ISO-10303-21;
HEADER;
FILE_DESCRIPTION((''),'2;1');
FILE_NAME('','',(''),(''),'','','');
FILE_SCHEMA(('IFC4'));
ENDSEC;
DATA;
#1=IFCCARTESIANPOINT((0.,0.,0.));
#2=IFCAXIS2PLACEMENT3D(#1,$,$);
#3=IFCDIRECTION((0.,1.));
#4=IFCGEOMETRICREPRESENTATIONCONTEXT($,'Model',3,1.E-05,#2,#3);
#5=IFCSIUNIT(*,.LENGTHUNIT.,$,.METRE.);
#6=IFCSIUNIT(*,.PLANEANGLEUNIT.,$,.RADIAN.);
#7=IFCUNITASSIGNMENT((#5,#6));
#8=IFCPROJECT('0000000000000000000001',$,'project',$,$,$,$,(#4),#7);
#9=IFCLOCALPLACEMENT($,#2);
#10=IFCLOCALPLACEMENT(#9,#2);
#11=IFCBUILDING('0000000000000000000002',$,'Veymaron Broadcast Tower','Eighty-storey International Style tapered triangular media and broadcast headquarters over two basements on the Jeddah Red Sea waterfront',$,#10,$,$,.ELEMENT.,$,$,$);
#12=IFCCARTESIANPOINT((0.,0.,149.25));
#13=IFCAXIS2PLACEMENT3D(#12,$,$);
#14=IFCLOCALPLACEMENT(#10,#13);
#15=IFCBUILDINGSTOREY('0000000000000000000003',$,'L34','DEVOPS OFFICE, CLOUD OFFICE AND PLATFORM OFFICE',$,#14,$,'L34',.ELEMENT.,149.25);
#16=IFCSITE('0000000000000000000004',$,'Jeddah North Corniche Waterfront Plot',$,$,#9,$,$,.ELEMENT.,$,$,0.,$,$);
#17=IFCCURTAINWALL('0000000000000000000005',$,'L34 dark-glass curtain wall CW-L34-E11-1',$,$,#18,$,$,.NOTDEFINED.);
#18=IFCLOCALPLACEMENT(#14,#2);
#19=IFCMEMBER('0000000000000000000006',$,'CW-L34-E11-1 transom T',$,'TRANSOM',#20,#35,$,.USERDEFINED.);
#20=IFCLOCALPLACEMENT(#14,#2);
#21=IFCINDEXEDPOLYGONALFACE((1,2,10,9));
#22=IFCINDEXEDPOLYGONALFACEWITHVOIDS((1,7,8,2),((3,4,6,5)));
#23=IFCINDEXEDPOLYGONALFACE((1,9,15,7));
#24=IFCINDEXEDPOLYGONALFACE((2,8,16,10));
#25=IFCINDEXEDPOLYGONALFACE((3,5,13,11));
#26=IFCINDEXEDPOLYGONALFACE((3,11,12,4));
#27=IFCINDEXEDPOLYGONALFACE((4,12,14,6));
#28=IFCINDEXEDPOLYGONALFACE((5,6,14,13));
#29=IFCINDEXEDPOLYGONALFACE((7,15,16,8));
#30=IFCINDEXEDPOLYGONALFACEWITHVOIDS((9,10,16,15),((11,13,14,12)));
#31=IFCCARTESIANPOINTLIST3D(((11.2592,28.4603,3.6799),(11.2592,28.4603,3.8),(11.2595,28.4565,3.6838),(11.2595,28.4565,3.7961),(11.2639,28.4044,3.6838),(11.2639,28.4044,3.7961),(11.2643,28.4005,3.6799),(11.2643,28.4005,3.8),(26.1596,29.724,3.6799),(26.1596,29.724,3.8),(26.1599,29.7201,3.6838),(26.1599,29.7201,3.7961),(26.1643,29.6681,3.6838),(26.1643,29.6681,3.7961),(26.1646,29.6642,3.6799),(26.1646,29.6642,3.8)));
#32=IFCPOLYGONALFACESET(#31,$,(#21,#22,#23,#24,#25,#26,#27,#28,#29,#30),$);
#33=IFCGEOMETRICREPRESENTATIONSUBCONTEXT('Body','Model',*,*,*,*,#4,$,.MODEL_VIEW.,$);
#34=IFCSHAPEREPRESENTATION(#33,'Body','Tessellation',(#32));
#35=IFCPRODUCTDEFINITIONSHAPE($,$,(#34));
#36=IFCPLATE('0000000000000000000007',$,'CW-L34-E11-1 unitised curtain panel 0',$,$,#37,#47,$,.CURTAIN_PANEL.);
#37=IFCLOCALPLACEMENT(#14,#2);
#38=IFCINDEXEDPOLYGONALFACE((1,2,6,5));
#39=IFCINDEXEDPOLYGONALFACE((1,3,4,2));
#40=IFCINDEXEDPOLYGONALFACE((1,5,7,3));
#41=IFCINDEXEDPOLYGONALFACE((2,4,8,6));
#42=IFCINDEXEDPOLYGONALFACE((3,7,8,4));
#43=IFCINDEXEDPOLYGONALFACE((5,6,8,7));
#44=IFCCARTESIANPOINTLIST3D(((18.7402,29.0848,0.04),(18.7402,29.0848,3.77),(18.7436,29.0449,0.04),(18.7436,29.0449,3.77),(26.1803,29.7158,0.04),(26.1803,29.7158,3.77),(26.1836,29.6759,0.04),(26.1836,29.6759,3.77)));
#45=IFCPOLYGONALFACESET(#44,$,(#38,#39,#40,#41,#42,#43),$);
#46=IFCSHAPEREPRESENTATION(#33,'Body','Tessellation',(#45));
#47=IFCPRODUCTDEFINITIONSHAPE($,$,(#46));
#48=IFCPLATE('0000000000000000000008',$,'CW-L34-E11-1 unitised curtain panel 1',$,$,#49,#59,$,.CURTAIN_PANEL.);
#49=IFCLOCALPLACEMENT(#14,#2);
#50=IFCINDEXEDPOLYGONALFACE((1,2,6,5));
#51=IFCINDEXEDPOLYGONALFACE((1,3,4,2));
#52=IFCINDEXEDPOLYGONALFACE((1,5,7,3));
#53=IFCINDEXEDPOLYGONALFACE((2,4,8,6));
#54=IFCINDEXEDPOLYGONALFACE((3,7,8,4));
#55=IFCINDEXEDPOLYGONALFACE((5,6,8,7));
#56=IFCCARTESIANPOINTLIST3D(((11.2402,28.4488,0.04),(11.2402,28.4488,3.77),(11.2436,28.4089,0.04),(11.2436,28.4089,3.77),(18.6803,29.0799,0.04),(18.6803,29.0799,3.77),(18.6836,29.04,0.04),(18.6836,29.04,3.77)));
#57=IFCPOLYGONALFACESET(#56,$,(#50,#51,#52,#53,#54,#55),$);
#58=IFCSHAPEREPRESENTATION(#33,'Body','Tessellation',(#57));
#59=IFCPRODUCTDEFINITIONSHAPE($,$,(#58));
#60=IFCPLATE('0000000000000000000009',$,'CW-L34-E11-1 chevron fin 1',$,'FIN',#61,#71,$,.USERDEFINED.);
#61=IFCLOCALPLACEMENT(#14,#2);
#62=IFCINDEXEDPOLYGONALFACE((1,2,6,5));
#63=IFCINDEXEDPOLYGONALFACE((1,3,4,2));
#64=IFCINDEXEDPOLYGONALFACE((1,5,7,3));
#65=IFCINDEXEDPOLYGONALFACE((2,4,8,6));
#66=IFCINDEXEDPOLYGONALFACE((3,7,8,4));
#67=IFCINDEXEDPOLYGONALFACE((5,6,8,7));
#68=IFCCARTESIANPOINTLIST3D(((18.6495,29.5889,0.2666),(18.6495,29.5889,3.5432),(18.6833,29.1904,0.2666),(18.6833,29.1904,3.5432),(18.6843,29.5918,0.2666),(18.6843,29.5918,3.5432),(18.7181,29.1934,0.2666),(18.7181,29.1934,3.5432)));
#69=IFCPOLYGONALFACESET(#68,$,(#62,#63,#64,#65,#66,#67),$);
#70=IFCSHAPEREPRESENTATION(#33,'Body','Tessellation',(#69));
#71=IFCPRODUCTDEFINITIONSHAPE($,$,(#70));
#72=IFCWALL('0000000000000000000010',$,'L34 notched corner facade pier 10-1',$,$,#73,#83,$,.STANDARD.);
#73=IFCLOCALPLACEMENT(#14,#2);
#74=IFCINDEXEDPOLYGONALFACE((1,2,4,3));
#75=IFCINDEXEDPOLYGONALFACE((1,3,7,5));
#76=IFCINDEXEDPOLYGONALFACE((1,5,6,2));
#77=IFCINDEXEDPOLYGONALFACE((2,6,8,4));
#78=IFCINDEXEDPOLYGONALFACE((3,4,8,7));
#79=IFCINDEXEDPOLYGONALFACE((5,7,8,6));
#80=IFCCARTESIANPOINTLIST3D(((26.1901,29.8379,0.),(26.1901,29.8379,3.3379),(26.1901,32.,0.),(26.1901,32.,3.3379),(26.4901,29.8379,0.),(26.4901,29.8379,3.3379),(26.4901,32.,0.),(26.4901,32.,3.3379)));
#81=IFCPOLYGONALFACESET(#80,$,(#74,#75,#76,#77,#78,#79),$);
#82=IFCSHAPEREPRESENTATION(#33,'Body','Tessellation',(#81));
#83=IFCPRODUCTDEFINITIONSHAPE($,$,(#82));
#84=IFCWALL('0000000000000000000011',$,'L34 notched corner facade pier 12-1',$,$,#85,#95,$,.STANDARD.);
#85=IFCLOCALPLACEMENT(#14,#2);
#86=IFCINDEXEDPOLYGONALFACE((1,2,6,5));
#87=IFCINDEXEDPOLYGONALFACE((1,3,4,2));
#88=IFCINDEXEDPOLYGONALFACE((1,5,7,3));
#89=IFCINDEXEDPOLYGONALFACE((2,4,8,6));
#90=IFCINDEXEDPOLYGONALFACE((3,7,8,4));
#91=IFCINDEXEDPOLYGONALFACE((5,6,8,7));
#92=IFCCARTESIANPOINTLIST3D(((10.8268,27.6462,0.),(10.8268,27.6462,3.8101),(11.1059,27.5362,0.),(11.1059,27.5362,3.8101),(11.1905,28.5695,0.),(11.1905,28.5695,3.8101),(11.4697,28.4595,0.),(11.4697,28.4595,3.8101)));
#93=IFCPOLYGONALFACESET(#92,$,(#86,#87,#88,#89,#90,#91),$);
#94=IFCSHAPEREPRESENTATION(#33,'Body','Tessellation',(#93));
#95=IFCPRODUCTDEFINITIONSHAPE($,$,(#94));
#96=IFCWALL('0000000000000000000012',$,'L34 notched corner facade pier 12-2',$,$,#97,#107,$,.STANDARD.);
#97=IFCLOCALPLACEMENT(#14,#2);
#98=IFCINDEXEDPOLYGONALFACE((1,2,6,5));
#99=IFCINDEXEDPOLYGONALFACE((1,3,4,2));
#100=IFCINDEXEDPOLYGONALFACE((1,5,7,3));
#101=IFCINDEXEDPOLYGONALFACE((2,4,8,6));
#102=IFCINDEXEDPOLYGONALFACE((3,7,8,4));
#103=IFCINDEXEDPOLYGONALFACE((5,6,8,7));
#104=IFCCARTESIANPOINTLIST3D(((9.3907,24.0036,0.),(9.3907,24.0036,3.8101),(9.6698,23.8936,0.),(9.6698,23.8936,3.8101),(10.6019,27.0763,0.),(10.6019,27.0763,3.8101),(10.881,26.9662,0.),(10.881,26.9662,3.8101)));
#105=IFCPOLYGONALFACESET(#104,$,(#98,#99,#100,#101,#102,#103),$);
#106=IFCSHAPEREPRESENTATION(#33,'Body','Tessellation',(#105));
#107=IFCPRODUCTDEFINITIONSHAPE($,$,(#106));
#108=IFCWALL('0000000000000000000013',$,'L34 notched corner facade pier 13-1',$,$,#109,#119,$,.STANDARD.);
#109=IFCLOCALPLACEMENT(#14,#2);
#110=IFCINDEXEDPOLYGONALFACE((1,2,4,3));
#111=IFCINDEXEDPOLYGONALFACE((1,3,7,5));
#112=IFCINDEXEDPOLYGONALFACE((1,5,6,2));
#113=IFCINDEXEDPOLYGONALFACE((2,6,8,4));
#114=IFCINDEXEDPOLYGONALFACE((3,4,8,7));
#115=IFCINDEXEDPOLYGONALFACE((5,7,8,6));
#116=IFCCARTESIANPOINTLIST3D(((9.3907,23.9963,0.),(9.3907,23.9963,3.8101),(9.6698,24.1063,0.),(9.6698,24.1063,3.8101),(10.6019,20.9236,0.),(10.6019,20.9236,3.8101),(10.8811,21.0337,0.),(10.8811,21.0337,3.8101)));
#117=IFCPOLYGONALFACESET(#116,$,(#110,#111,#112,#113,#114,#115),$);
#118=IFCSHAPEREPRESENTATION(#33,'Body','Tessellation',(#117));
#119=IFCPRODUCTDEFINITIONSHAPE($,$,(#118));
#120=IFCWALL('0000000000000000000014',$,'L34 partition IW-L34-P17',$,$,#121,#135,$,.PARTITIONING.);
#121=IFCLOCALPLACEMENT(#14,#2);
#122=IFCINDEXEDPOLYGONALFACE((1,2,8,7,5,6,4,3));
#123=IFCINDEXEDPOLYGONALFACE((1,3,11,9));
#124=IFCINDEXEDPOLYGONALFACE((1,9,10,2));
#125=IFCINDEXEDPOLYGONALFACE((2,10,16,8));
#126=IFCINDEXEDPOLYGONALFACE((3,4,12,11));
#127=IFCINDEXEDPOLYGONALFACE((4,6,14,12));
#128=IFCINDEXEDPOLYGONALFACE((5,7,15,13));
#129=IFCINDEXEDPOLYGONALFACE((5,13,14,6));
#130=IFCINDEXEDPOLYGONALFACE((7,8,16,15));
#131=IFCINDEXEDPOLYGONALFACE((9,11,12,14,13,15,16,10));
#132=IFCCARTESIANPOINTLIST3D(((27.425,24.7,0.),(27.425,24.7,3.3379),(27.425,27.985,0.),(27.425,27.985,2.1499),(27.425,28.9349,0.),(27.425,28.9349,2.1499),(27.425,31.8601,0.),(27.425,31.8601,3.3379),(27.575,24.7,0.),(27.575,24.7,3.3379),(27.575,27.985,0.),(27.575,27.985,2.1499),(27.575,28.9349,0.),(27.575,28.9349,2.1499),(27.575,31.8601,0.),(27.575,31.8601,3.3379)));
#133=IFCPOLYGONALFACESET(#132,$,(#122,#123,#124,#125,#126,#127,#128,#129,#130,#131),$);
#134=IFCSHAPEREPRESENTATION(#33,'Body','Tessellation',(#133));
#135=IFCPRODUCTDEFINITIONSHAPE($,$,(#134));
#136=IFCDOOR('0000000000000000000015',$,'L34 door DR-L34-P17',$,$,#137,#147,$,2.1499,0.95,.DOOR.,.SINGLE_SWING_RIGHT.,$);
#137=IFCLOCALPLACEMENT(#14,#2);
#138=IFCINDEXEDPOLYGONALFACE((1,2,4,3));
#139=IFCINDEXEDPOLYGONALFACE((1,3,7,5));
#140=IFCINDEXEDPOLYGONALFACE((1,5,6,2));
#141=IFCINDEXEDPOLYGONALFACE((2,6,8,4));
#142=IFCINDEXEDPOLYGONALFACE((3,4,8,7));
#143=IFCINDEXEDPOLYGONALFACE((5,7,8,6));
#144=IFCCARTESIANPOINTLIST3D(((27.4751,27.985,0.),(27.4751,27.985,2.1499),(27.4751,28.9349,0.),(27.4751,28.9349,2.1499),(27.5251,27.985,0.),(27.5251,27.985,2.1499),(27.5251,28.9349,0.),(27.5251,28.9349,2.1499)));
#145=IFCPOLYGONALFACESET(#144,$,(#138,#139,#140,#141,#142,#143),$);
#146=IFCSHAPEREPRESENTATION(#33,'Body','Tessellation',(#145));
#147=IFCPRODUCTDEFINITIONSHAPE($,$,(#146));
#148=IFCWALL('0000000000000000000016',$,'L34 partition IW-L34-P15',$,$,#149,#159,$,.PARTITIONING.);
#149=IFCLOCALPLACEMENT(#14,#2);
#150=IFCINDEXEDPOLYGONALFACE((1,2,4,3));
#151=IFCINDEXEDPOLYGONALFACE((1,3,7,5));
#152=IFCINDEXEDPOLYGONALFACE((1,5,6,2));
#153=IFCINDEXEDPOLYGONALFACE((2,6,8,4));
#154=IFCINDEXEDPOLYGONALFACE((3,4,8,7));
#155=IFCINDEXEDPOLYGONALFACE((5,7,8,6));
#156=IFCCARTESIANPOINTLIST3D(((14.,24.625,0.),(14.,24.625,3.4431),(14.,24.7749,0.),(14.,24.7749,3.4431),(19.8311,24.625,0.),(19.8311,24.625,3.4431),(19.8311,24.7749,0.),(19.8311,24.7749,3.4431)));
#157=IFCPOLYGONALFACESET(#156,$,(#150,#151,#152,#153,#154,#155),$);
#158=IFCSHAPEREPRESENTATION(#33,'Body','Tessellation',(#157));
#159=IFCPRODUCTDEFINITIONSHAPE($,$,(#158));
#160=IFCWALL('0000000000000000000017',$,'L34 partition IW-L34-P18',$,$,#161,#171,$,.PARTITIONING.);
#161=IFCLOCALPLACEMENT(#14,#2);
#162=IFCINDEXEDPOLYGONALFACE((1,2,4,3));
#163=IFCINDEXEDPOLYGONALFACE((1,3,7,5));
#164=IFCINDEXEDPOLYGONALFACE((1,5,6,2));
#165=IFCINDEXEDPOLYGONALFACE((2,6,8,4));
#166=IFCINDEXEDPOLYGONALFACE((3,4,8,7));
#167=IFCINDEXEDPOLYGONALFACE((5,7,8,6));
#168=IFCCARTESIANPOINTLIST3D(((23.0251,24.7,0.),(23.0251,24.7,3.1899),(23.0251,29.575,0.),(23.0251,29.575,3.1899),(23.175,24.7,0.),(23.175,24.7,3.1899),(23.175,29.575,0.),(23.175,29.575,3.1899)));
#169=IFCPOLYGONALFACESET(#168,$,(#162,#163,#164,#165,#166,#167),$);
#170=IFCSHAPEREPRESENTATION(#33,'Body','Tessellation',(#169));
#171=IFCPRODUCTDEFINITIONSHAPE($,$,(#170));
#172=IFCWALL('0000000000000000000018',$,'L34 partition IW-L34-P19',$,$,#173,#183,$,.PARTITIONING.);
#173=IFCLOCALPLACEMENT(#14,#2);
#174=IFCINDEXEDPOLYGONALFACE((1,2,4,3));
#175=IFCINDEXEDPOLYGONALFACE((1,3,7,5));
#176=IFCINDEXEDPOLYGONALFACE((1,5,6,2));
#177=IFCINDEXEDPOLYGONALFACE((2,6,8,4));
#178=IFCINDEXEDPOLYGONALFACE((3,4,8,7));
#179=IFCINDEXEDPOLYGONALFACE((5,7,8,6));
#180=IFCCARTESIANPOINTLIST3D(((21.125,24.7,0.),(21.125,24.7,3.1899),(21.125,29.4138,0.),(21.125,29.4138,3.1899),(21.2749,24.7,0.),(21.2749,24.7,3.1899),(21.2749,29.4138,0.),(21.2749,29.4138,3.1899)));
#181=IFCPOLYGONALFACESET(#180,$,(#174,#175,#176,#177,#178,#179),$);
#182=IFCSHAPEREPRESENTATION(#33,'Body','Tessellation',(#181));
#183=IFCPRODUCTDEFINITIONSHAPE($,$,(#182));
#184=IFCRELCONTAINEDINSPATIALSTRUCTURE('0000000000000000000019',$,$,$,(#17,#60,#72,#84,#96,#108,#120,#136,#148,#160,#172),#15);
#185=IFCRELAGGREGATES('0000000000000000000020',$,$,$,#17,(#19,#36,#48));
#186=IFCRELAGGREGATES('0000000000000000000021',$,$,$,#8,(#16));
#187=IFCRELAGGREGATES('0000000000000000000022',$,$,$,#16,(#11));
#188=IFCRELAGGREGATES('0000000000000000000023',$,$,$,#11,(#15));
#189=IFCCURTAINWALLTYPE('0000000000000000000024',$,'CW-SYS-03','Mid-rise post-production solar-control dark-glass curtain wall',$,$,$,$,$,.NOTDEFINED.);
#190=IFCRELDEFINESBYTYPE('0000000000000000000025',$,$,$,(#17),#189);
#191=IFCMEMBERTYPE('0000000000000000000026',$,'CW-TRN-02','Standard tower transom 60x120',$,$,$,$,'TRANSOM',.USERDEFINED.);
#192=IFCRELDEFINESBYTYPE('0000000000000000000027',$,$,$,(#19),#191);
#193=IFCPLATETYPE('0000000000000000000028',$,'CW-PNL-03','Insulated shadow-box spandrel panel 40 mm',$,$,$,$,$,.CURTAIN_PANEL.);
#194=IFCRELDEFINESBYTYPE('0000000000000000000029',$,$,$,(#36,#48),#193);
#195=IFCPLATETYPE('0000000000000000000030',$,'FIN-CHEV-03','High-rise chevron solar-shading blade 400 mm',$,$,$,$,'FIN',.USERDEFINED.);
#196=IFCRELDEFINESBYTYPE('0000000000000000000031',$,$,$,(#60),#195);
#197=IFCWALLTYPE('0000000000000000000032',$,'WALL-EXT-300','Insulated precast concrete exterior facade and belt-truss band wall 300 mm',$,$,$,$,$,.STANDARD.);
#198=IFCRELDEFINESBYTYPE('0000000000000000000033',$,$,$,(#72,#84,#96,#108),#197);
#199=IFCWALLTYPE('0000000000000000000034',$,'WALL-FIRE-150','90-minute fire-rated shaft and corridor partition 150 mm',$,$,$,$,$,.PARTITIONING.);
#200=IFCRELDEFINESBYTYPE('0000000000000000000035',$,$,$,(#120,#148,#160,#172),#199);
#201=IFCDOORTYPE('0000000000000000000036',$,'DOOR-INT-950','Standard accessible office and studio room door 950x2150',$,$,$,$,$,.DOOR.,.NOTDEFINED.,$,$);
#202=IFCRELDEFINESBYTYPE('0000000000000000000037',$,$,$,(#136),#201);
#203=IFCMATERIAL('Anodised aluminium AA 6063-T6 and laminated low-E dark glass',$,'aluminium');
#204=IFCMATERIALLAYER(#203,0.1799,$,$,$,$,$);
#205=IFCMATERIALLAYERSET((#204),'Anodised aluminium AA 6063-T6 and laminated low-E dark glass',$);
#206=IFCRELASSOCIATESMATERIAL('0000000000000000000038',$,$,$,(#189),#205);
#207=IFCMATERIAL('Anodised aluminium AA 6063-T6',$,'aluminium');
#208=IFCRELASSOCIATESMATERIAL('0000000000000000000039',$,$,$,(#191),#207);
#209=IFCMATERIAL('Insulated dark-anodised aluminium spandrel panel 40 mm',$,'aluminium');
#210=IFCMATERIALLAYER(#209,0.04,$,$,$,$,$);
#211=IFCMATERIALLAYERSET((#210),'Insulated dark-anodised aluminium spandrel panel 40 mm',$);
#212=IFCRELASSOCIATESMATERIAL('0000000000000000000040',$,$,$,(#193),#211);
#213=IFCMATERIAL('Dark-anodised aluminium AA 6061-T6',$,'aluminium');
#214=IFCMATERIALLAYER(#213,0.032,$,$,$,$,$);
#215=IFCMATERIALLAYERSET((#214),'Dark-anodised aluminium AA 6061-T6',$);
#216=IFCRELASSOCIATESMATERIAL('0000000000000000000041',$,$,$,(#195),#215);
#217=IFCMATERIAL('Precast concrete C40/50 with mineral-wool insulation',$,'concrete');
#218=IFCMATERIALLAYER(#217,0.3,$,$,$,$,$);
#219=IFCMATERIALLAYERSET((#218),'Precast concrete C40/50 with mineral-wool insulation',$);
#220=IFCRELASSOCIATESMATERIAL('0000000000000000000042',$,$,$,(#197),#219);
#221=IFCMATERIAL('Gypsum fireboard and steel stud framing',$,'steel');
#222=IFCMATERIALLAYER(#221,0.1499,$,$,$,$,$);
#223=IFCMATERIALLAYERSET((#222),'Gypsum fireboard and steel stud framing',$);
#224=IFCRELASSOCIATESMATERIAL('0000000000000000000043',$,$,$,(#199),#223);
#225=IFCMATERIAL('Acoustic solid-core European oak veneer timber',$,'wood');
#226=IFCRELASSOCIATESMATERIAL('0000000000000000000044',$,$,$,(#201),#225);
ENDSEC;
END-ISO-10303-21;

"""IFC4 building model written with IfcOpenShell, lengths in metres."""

from ifc_helpers import new_model, si_unit, direction, frame, frame_2d, origin, origin_2d, place, context, subcontext, project, spatial, rectangle, hollow_rectangle, extrude, material, layer, layer_set, material_profile, profile_set, type_object, element, fill, aggregate, save


model = new_model("IFC4")

# Units and contexts
model_context = context("Model", 3, precision=1e-05, world=origin(), true_north=direction((0.0, 1.0)))
body_context = subcontext(model_context, "Body", "Model", "MODEL_VIEW")
ifc_project = project(units=[si_unit("LENGTHUNIT", "METRE"), si_unit("PLANEANGLEUNIT", "RADIAN")], contexts=[model_context])

# Site, building, storey
site_placement = place(None, origin())
site = spatial("IfcSite", under=ifc_project, at=site_placement, Name="Jeddah North Corniche Waterfront Plot", CompositionType="ELEMENT", RefElevation=0.0)
building_placement = place(site_placement, origin())
building = spatial("IfcBuilding", under=site, at=building_placement, Name="Veymaron Broadcast Tower", Description="Eighty-storey International Style tapered triangular media and broadcast headquarters over two basements on the Jeddah Red Sea waterfront", CompositionType="ELEMENT")
storey_placement = place(building_placement, frame((0.0, 0.0, 149.25)))
storey = spatial("IfcBuildingStorey", under=building, at=storey_placement, Name="L34", Description="DEVOPS OFFICE, CLOUD OFFICE AND PLATFORM OFFICE", LongName="L34", CompositionType="ELEMENT", Elevation=149.25)

# Curtain wall, member, plates
ifc_material_1 = material(Name="Anodised aluminium AA 6063-T6 and laminated low-E dark glass", Category="aluminium")
ifc_layer_1 = layer(ifc_material_1, 0.1799)
ifc_layer_set_1 = layer_set([ifc_layer_1], Name="Anodised aluminium AA 6063-T6 and laminated low-E dark glass")
curtain_wall_type = type_object("IfcCurtainWallType", Name="CW-SYS-03", Description="Mid-rise post-production solar-control dark-glass curtain wall", PredefinedType="NOTDEFINED", material=ifc_layer_set_1)
curtain_wall_placement = place(storey_placement, origin())
curtain_wall = element("IfcCurtainWall", 1, at=curtain_wall_placement, inside=storey, type_object=curtain_wall_type, Name="L34 dark-glass curtain wall CW-L34-E11-1", PredefinedType="NOTDEFINED")
ifc_material_2 = material(Name="Anodised aluminium AA 6063-T6", Category="aluminium")
ifc_material_profile_1 = material_profile(ifc_material_2, hollow_rectangle(XDim=0.0601, YDim=0.1201, WallThickness=0.0039, at=origin_2d()), Name="AL120X60X4")
ifc_profile_set_1 = profile_set([ifc_material_profile_1], Name="Anodised aluminium AA 6063-T6")
member_type_1 = type_object("IfcMemberType", Name="CW-TRN-02", Description="Standard tower transom 60x120", ElementType="TRANSOM", PredefinedType="USERDEFINED", material=ifc_profile_set_1)
member_1_placement = place(storey_placement, frame((26.1621, 29.6941, 3.74), z_axis=(-0.996423, -0.084505, 0.0), x_axis=(0.084505, -0.996423, 0.0)))
member_1 = element("IfcMember", 2, at=member_1_placement, type_object=member_type_1, Name="CW-L34-E11-1 transom T", ObjectType="TRANSOM", PredefinedType="USERDEFINED", context=body_context, shape_type="SweptSolid", body=[
    extrude(hollow_rectangle(XDim=0.0601, YDim=0.1201, WallThickness=0.0039, at=origin_2d()), origin(), (0.0, 0.0, 1.0), 14.9539),
])
ifc_material_3 = material(Name="Insulated dark-anodised aluminium spandrel panel 40 mm", Category="aluminium")
ifc_layer_2 = layer(ifc_material_3, 0.04)
ifc_layer_set_2 = layer_set([ifc_layer_2], Name="Insulated dark-anodised aluminium spandrel panel 40 mm")
plate_type_1 = type_object("IfcPlateType", Name="CW-PNL-03", Description="Insulated shadow-box spandrel panel 40 mm", PredefinedType="CURTAIN_PANEL", material=ifc_layer_set_2)
plate_1_placement = place(storey_placement, frame((22.4619, 29.3804, 0.04), z_axis=(0.0, 0.0, 1.0), x_axis=(-0.996422, -0.084513, 0.0)))
plate_1 = element("IfcPlate", 3, at=plate_1_placement, type_object=plate_type_1, Name="CW-L34-E11-1 unitised curtain panel 0", PredefinedType="CURTAIN_PANEL", context=body_context, shape_type="SweptSolid", body=[
    extrude(rectangle(XDim=7.4668, YDim=0.04, at=origin_2d()), origin(), (0.0, 0.0, 1.0), 3.73),
])
plate_2_placement = place(storey_placement, frame((14.9619, 28.7444, 0.04), z_axis=(0.0, 0.0, 1.0), x_axis=(-0.996422, -0.084513, 0.0)))
plate_2 = element("IfcPlate", 4, at=plate_2_placement, type_object=plate_type_1, Name="CW-L34-E11-1 unitised curtain panel 1", PredefinedType="CURTAIN_PANEL", context=body_context, shape_type="SweptSolid", body=[
    extrude(rectangle(XDim=7.4668, YDim=0.04, at=origin_2d()), origin(), (0.0, 0.0, 1.0), 3.73),
])
aggregate(curtain_wall, [member_1, plate_1, plate_2])

# Plate
ifc_material_4 = material(Name="Dark-anodised aluminium AA 6061-T6", Category="aluminium")
ifc_layer_3 = layer(ifc_material_4, 0.032)
ifc_layer_set_3 = layer_set([ifc_layer_3], Name="Dark-anodised aluminium AA 6061-T6")
plate_type_2 = type_object("IfcPlateType", Name="FIN-CHEV-03", Description="High-rise chevron solar-shading blade 400 mm", ElementType="FIN", PredefinedType="USERDEFINED", material=ifc_layer_set_3)
plate_3_placement = place(storey_placement, frame((18.6838, 29.3911, 0.2666), z_axis=(0.0, 0.0, 1.0), x_axis=(-0.084513, 0.996422, 0.0)))
element("IfcPlate", 5, at=plate_3_placement, inside=storey, type_object=plate_type_2, Name="CW-L34-E11-1 chevron fin 1", ObjectType="FIN", PredefinedType="USERDEFINED", context=body_context, shape_type="SweptSolid", body=[
    extrude(rectangle(XDim=0.3999, YDim=0.0349, at=origin_2d()), origin(), (0.0, 0.0, 1.0), 3.2766),
])

# Walls
ifc_material_5 = material(Name="Precast concrete C40/50 with mineral-wool insulation", Category="concrete")
ifc_layer_4 = layer(ifc_material_5, 0.3)
ifc_layer_set_4 = layer_set([ifc_layer_4], Name="Precast concrete C40/50 with mineral-wool insulation")
wall_type_1 = type_object("IfcWallType", Name="WALL-EXT-300", Description="Insulated precast concrete exterior facade and belt-truss band wall 300 mm", PredefinedType="STANDARD", material=ifc_layer_set_4)
wall_1_placement = place(storey_placement, frame((26.3401, 32.0, 0.0), z_axis=(0.0, 0.0, 1.0), x_axis=(0.0, -1.0, 0.0)))
element("IfcWall", 6, at=wall_1_placement, inside=storey, type_object=wall_type_1, Name="L34 notched corner facade pier 10-1", PredefinedType="STANDARD", context=body_context, shape_type="SweptSolid", body=[
    extrude(rectangle(XDim=2.1621, YDim=0.3, at=frame_2d((1.0811, 0.0))), origin(), (0.0, 0.0, 1.0), 3.3379),
])
wall_2_placement = place(storey_placement, frame((11.3301, 28.5144, 0.0), z_axis=(0.0, 0.0, 1.0), x_axis=(-0.36655, -0.930398, 0.0)))
element("IfcWall", 7, at=wall_2_placement, inside=storey, type_object=wall_type_1, Name="L34 notched corner facade pier 12-1", PredefinedType="STANDARD", context=body_context, shape_type="SweptSolid", body=[
    extrude(rectangle(XDim=0.9924, YDim=0.3, at=frame_2d((0.4961, 0.0))), origin(), (0.0, 0.0, 1.0), 3.8101),
])
for number, where, z_axis, x_axis, name in (
    (8, (10.7415, 27.0212, 0.0), (0.0, 0.0, 1.0), (-0.366734, -0.930326, 0.0), "L34 notched corner facade pier 12-2"),
    (9, (9.5303, 24.0513, 0.0), (0.0, 0.0, 1.0), (0.366734, -0.930326, 0.0), "L34 notched corner facade pier 13-1"),
):
    element("IfcWall", number, at=place(storey_placement, frame(where, z_axis=z_axis, x_axis=x_axis)), inside=storey, type_object=wall_type_1, Name=name, PredefinedType="STANDARD", context=body_context, shape_type="SweptSolid", body=[
        extrude(rectangle(XDim=3.3027, YDim=0.3, at=frame_2d((1.6514, 0.0))), origin(), (0.0, 0.0, 1.0), 3.8101),
    ])

# Wall, opening, door
ifc_material_6 = material(Name="Gypsum fireboard and steel stud framing", Category="steel")
ifc_layer_5 = layer(ifc_material_6, 0.1499)
ifc_layer_set_5 = layer_set([ifc_layer_5], Name="Gypsum fireboard and steel stud framing")
wall_type_2 = type_object("IfcWallType", Name="WALL-FIRE-150", Description="90-minute fire-rated shaft and corridor partition 150 mm", PredefinedType="PARTITIONING", material=ifc_layer_set_5)
wall_3_placement = place(storey_placement, frame((27.5, 24.7, 0.0), z_axis=(0.0, 0.0, 1.0), x_axis=(0.0, 1.0, 0.0)))
wall_3 = element("IfcWall", 10, at=wall_3_placement, inside=storey, type_object=wall_type_2, Name="L34 partition IW-L34-P17", PredefinedType="PARTITIONING", context=body_context, shape_type="SweptSolid", body=[
    extrude(rectangle(XDim=7.1602, YDim=0.1499, at=frame_2d((3.5801, 0.0))), origin(), (0.0, 0.0, 1.0), 3.3379),
])
opening_placement = place(wall_3_placement, frame((3.2849, 0.0, 0.0)))
opening = element("IfcOpeningElement", 11, at=opening_placement, cuts=wall_3, PredefinedType="OPENING", context=body_context, shape_type="SweptSolid", body=[
    extrude(rectangle(XDim=0.95, YDim=2.1499, at=frame_2d((0.4751, 1.075))), frame((0.0, 0.085, 0.0), z_axis=(0.0, -1.0, 0.0), x_axis=(1.0, 0.0, 0.0)), (0.0, 0.0, 1.0), 0.1699),
])
ifc_material_7 = material(Name="Acoustic solid-core European oak veneer timber", Category="wood")
door_type = type_object("IfcDoorType", Name="DOOR-INT-950", Description="Standard accessible office and studio room door 950x2150", OperationType="NOTDEFINED", PredefinedType="DOOR", material=ifc_material_7)
door_placement = place(opening_placement, origin())
door = element("IfcDoor", 12, at=door_placement, inside=storey, type_object=door_type, Name="L34 door DR-L34-P17", OperationType="SINGLE_SWING_RIGHT", OverallHeight=2.1499, OverallWidth=0.95, PredefinedType="DOOR", context=body_context, shape_type="SweptSolid", body=[
    extrude(rectangle(XDim=0.95, YDim=2.1499, at=frame_2d((0.4751, 1.075))), frame((0.0, 0.0249, 0.0), z_axis=(0.0, -1.0, 0.0), x_axis=(1.0, 0.0, 0.0)), (0.0, 0.0, 1.0), 0.05),
])
fill(opening, door)

# Walls
wall_4_placement = place(storey_placement, frame((14.0, 24.7, 0.0), z_axis=(0.0, 0.0, 1.0), x_axis=(1.0, 0.0, 0.0)))
element("IfcWall", 13, at=wall_4_placement, inside=storey, type_object=wall_type_2, Name="L34 partition IW-L34-P15", PredefinedType="PARTITIONING", context=body_context, shape_type="SweptSolid", body=[
    extrude(rectangle(XDim=5.8311, YDim=0.1499, at=frame_2d((2.9155, 0.0))), origin(), (0.0, 0.0, 1.0), 3.4431),
])
wall_5_placement = place(storey_placement, frame((23.1001, 24.7, 0.0), z_axis=(0.0, 0.0, 1.0), x_axis=(0.0, 1.0, 0.0)))
element("IfcWall", 14, at=wall_5_placement, inside=storey, type_object=wall_type_2, Name="L34 partition IW-L34-P18", PredefinedType="PARTITIONING", context=body_context, shape_type="SweptSolid", body=[
    extrude(rectangle(XDim=4.875, YDim=0.1499, at=frame_2d((2.4375, 0.0))), origin(), (0.0, 0.0, 1.0), 3.1899),
])
wall_6_placement = place(storey_placement, frame((21.2, 24.7, 0.0), z_axis=(0.0, 0.0, 1.0), x_axis=(0.0, 1.0, 0.0)))
element("IfcWall", 15, at=wall_6_placement, inside=storey, type_object=wall_type_2, Name="L34 partition IW-L34-P19", PredefinedType="PARTITIONING", context=body_context, shape_type="SweptSolid", body=[
    extrude(rectangle(XDim=4.7139, YDim=0.1499, at=frame_2d((2.3569, 0.0))), origin(), (0.0, 0.0, 1.0), 3.1899),
])

save(model, "model.ifc")
